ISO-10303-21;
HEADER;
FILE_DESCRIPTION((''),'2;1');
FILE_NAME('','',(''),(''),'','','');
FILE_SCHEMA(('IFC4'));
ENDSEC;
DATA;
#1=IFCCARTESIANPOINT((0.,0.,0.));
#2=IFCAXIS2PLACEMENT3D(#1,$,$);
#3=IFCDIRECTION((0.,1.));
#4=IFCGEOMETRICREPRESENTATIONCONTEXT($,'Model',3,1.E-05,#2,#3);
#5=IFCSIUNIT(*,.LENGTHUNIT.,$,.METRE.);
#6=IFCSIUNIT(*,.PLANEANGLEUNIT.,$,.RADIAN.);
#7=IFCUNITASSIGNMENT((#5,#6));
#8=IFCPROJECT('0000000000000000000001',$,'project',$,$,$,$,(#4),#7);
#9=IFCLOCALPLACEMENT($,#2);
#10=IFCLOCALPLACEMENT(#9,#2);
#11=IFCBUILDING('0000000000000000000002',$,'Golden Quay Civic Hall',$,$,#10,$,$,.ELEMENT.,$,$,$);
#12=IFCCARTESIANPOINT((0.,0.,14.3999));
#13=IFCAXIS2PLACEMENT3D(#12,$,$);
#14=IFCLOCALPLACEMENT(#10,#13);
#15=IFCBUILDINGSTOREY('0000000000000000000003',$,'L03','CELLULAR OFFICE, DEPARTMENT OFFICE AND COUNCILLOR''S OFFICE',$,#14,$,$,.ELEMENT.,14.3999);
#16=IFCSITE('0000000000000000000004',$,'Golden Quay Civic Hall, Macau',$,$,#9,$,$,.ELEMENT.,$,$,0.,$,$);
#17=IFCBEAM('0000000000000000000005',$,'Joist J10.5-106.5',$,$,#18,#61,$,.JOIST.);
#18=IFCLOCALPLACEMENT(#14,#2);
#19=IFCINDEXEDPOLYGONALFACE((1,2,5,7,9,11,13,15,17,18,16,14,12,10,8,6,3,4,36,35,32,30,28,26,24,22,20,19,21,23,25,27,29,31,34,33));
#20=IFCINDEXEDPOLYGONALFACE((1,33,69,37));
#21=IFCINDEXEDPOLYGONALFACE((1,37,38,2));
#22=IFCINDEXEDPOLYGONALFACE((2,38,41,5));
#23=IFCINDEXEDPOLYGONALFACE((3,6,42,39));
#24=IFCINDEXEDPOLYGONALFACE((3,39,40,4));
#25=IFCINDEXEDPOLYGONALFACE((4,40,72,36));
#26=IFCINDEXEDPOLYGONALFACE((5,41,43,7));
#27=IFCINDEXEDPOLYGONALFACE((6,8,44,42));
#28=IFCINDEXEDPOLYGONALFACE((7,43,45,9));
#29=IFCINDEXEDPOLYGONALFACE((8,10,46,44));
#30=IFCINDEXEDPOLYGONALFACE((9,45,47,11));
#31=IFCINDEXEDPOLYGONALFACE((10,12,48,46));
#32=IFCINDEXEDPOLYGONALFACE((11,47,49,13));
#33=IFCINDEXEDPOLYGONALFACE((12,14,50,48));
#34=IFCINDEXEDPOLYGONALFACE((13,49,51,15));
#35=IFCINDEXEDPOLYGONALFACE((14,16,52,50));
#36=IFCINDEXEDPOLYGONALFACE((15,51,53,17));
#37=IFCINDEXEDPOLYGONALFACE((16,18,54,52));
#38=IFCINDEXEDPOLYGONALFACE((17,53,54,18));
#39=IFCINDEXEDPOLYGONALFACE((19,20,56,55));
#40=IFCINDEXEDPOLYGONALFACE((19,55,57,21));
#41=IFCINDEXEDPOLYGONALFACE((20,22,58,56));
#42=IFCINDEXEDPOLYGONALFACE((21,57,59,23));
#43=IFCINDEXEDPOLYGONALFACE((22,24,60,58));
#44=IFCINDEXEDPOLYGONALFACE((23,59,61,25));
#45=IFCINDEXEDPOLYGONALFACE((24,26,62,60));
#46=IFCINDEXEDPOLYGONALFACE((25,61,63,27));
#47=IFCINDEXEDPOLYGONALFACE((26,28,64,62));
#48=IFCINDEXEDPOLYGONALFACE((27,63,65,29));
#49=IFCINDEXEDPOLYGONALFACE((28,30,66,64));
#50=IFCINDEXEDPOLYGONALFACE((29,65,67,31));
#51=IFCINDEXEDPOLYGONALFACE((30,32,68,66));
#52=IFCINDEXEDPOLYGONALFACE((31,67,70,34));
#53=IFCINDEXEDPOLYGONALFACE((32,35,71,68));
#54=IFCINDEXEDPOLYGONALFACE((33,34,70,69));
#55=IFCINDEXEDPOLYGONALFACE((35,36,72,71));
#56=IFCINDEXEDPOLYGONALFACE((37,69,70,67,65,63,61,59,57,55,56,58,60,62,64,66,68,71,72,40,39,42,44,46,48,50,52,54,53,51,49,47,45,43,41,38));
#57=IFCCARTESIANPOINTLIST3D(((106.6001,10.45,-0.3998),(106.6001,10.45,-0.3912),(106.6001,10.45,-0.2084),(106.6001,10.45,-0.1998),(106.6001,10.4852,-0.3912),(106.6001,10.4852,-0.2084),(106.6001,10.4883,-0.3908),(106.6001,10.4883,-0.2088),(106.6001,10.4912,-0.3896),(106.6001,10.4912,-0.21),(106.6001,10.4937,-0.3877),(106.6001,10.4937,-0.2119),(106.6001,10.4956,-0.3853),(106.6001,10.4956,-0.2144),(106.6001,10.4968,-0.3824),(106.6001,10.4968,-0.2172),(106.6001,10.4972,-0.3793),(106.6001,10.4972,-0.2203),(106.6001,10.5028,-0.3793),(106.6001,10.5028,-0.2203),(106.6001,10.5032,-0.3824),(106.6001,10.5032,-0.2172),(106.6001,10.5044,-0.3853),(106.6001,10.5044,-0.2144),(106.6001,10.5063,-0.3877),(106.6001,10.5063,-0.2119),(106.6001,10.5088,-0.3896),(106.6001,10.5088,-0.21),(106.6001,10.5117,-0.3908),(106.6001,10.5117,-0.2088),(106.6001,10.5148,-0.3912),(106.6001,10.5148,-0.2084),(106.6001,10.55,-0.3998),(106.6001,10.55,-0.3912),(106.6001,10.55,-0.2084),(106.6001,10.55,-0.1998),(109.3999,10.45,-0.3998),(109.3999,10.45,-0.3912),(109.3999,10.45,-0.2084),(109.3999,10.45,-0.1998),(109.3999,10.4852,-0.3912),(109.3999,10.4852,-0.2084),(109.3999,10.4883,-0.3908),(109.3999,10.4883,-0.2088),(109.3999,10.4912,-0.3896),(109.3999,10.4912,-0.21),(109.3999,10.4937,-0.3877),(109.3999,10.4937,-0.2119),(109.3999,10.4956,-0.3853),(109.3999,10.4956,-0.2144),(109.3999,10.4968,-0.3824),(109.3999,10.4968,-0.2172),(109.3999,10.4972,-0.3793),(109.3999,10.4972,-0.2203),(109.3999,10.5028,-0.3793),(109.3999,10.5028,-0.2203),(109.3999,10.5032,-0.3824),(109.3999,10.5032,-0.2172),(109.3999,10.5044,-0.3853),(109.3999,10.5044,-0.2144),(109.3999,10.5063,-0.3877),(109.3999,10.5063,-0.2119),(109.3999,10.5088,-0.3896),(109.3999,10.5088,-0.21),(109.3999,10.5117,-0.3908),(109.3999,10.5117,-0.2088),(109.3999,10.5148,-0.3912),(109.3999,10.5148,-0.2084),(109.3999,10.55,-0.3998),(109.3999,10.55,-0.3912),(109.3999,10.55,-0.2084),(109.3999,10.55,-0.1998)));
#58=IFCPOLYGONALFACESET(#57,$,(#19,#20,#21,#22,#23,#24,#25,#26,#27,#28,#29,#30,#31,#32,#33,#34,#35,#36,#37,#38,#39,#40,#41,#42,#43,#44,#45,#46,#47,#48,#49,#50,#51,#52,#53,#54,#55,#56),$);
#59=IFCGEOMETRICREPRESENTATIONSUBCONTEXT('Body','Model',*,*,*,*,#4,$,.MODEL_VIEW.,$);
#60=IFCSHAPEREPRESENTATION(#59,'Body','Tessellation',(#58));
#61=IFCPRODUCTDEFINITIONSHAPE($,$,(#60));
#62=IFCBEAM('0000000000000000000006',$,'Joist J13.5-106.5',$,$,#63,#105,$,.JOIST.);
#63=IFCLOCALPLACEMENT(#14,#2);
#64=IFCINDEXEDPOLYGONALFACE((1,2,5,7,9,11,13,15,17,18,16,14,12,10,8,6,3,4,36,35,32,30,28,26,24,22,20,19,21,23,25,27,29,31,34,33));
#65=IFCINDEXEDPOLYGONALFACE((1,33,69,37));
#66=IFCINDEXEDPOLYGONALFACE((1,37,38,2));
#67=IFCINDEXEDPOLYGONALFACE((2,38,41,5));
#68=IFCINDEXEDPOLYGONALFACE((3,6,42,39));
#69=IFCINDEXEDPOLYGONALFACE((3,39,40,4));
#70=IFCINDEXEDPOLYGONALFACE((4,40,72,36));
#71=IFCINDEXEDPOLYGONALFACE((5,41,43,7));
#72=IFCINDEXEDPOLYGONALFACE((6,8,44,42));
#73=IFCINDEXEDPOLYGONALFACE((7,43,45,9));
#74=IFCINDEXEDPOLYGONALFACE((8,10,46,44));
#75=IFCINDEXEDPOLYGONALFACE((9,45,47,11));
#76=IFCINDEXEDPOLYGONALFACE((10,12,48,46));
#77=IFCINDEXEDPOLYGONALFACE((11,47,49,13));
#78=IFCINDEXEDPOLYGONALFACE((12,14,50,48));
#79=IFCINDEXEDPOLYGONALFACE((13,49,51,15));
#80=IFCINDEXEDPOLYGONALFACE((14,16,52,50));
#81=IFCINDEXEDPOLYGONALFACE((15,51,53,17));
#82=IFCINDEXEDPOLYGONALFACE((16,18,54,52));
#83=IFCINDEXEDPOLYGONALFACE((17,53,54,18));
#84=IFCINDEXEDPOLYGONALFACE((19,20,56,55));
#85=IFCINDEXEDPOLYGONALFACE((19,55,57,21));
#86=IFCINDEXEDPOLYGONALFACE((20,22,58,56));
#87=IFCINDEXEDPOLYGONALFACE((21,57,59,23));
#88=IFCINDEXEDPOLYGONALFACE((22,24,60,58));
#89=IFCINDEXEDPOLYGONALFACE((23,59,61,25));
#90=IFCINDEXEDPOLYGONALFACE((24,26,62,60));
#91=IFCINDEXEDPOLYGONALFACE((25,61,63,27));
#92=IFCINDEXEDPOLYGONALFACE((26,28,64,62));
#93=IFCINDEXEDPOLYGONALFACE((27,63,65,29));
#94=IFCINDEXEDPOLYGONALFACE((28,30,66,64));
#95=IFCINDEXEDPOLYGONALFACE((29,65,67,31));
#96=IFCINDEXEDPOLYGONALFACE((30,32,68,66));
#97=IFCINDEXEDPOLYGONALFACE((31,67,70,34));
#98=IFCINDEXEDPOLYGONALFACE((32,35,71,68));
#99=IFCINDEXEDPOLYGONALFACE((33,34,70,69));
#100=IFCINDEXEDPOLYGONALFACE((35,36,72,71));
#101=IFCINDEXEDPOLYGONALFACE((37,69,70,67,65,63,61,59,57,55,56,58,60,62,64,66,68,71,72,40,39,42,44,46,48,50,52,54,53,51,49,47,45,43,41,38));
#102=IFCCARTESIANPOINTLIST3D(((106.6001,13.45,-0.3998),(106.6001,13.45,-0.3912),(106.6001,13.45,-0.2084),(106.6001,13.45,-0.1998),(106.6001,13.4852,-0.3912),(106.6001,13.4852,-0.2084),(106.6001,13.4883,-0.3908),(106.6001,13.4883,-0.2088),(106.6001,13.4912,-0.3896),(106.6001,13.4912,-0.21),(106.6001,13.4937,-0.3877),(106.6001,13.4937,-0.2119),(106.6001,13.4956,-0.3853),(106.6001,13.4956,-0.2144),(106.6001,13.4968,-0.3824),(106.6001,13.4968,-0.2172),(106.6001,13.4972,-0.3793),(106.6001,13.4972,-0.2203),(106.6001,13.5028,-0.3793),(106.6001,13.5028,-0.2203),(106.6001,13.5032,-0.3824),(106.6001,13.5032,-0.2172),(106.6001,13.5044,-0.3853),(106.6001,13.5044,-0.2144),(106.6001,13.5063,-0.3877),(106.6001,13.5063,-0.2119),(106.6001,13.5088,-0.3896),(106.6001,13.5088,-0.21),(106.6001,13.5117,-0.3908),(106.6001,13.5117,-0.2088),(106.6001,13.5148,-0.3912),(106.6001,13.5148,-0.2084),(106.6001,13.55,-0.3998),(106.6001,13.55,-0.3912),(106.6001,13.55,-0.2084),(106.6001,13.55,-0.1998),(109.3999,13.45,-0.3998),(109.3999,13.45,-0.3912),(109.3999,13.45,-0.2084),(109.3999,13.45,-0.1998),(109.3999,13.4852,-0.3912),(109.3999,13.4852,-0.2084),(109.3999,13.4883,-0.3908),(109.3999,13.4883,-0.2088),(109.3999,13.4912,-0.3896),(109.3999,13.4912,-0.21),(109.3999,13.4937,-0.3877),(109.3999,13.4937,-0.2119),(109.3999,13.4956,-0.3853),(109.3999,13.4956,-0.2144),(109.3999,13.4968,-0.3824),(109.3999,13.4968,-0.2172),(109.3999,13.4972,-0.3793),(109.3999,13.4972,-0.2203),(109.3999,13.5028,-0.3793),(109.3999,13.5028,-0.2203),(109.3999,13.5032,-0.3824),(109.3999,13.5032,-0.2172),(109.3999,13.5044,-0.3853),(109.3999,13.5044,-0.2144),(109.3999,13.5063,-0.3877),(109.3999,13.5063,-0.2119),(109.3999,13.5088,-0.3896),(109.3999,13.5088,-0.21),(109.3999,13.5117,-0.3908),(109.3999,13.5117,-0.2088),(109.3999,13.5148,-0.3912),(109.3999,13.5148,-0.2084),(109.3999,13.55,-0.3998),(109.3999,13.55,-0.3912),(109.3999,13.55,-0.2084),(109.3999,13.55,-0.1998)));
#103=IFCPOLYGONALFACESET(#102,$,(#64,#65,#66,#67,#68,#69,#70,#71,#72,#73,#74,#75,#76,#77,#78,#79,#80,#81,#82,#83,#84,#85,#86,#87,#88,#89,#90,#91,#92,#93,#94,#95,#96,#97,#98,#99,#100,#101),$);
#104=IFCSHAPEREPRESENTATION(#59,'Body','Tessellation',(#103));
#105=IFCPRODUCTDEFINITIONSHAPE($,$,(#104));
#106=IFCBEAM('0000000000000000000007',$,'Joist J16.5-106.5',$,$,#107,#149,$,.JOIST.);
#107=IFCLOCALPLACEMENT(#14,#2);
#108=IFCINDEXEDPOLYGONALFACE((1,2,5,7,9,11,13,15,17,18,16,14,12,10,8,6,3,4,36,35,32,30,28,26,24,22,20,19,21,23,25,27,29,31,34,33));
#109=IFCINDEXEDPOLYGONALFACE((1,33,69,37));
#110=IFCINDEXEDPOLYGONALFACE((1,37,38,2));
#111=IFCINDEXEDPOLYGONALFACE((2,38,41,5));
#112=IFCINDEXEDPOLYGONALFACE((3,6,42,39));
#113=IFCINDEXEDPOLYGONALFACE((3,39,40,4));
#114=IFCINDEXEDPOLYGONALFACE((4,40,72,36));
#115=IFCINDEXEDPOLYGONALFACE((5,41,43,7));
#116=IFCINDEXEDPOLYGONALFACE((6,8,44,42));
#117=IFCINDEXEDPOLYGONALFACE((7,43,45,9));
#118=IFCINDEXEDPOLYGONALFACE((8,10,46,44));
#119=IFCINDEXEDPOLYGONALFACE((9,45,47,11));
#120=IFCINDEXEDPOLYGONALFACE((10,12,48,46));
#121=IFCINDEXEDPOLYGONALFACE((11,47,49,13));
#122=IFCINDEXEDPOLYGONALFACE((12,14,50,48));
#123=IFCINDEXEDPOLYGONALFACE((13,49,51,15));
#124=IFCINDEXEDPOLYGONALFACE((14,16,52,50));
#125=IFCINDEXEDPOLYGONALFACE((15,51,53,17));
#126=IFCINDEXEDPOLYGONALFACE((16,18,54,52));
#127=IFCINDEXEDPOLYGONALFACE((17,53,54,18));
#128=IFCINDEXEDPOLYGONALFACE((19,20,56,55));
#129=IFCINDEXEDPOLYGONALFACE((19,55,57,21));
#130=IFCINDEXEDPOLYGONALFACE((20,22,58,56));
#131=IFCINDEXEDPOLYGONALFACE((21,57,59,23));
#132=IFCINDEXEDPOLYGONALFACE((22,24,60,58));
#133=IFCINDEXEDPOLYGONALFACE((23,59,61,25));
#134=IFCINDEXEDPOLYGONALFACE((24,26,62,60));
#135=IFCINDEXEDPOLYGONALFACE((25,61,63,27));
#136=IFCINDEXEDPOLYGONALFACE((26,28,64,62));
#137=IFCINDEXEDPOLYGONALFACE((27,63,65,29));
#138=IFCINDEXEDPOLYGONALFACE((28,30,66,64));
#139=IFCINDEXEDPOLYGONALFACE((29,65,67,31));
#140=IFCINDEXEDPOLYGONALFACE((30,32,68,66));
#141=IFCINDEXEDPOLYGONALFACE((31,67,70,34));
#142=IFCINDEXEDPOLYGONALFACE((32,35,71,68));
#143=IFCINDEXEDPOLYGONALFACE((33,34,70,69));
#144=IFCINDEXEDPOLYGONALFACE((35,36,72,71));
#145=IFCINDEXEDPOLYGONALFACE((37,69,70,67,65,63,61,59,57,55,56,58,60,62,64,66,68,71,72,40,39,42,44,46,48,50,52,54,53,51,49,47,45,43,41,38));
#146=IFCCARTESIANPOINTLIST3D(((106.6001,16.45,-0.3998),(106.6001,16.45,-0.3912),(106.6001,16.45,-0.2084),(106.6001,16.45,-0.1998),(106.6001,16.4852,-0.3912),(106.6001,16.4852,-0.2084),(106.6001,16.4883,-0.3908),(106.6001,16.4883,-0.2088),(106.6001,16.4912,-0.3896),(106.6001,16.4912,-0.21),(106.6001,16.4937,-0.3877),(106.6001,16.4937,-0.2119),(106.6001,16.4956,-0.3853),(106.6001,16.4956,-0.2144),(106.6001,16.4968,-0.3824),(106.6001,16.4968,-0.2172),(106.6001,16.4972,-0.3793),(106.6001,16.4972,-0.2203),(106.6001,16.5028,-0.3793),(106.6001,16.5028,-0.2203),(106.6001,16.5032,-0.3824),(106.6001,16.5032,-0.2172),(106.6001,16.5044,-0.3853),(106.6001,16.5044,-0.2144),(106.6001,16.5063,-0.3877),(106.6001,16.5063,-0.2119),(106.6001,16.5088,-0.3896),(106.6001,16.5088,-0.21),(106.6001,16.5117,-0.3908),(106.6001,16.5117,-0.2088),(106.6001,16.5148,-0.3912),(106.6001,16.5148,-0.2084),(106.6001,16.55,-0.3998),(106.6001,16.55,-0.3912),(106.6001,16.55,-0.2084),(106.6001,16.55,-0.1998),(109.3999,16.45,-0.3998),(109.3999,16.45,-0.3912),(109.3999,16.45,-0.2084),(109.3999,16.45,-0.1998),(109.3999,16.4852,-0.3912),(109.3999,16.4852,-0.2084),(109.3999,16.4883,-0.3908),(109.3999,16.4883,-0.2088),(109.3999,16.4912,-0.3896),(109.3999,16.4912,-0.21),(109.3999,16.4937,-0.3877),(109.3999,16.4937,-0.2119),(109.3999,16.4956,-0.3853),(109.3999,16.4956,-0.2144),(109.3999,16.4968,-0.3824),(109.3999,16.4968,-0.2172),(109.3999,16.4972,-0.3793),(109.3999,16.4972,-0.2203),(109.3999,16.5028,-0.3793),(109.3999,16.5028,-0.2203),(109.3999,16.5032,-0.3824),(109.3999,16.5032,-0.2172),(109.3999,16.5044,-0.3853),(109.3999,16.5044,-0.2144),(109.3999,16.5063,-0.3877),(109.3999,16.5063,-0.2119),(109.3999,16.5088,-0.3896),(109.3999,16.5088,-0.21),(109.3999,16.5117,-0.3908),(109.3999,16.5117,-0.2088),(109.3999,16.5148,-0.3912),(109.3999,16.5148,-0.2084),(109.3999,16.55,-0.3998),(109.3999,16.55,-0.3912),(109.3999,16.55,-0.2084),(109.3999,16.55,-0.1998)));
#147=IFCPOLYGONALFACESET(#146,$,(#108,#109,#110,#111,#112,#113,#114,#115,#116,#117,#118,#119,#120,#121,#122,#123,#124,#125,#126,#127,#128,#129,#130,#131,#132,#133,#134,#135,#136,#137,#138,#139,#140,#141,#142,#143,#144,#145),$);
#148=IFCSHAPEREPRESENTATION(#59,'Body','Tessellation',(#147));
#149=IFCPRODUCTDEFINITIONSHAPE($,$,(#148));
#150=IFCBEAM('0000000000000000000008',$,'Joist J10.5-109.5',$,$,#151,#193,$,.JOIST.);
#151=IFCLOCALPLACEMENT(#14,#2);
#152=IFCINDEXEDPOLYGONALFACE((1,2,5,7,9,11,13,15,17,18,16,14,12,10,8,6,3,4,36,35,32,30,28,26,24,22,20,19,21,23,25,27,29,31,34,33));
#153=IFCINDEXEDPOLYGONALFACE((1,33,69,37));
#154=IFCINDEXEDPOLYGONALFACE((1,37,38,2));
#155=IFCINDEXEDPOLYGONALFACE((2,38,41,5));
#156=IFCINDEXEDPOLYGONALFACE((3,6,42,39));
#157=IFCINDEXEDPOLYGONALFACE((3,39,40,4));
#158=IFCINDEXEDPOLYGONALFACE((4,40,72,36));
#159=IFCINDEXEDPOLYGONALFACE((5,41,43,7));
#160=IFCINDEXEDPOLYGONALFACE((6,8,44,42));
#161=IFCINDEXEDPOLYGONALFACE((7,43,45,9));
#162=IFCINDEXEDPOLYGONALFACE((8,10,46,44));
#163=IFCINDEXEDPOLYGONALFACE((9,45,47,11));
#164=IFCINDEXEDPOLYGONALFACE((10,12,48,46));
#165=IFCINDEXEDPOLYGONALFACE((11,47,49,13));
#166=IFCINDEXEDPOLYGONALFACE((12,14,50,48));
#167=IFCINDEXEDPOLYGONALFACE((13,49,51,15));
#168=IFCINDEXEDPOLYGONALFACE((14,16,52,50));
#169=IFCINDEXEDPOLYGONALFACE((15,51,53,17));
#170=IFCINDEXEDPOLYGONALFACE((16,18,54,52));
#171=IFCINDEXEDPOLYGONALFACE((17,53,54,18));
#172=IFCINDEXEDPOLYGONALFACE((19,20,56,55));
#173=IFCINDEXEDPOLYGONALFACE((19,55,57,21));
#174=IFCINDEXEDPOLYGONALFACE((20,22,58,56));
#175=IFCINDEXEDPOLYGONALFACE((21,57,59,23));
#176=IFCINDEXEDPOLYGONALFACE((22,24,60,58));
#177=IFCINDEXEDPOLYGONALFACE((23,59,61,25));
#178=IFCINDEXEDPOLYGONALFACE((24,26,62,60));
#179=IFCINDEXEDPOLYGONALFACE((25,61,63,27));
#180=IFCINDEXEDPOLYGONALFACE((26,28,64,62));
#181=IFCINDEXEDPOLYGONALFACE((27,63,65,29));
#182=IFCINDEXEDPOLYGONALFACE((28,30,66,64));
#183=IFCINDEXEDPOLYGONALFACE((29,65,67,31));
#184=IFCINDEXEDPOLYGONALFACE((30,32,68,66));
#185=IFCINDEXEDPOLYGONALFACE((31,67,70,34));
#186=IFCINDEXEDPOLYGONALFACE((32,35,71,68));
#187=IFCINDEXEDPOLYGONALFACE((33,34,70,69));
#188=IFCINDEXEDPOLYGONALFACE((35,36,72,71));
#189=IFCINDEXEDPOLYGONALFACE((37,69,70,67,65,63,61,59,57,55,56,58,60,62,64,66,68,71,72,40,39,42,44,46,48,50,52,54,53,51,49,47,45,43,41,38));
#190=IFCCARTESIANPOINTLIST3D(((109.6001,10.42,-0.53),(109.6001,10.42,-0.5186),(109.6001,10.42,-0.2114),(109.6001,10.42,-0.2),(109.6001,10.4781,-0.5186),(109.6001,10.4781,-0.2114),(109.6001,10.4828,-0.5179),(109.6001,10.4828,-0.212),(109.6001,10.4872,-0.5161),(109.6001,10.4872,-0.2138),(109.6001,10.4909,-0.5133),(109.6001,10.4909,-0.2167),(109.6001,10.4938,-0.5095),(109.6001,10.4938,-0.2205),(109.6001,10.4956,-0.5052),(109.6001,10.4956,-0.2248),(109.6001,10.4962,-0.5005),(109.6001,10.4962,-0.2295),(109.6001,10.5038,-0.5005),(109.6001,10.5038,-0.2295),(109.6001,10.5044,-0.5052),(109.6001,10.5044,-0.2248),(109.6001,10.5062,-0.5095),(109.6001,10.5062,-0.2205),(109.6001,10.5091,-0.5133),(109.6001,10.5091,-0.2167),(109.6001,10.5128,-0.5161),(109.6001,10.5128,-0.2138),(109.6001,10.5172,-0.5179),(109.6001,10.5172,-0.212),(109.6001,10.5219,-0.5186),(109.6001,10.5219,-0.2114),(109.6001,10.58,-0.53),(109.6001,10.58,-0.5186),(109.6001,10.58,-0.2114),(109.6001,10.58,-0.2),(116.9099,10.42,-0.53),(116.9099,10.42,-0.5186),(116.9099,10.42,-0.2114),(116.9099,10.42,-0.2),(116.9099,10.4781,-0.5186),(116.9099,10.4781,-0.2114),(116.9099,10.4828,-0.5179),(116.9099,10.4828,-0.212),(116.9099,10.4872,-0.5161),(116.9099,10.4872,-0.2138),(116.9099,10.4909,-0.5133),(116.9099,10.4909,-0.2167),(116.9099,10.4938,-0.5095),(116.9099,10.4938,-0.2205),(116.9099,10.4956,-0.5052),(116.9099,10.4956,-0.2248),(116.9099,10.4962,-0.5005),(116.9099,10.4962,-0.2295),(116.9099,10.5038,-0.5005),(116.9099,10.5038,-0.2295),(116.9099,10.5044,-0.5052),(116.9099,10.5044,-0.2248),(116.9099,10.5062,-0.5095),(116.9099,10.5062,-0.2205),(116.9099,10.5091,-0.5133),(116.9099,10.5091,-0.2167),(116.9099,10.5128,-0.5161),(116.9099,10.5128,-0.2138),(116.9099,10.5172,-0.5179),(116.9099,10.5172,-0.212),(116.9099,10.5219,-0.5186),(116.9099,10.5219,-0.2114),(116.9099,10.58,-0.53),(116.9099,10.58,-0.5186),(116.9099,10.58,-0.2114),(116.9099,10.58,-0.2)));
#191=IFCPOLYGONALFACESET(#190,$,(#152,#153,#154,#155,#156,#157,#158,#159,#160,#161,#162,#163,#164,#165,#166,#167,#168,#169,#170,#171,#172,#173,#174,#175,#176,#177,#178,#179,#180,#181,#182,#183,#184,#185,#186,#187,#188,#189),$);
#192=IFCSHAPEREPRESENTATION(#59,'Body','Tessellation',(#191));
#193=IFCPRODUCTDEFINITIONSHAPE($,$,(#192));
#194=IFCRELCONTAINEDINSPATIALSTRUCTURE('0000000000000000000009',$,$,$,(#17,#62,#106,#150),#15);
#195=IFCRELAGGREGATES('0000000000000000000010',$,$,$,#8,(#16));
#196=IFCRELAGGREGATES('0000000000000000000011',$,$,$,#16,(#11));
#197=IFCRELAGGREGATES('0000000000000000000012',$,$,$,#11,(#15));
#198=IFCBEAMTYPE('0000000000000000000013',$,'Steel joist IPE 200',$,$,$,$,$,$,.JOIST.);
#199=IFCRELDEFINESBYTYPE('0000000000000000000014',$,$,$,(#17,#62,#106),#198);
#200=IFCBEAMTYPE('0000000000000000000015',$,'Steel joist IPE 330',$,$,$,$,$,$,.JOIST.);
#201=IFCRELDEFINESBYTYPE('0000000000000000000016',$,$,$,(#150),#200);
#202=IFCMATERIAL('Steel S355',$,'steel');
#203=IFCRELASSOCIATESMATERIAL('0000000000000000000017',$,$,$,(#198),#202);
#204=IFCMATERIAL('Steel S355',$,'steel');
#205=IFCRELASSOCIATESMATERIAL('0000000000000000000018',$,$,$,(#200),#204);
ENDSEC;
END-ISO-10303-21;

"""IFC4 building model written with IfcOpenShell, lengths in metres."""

from ifc_helpers import new_model, si_unit, direction, frame, origin, origin_2d, place, context, subcontext, project, spatial, i_section, extrude, material, material_profile, profile_set, type_object, element, save


model = new_model("IFC4")

# Units and contexts
model_context = context("Model", 3, precision=1e-05, world=origin(), true_north=direction((0.0, 1.0)))
body_context = subcontext(model_context, "Body", "Model", "MODEL_VIEW")
ifc_project = project(units=[si_unit("LENGTHUNIT", "METRE"), si_unit("PLANEANGLEUNIT", "RADIAN")], contexts=[model_context])

# Site, building, storey
site_placement = place(None, origin())
site = spatial("IfcSite", under=ifc_project, at=site_placement, Name="Golden Quay Civic Hall, Macau", CompositionType="ELEMENT", RefElevation=0.0)
building_placement = place(site_placement, origin())
building = spatial("IfcBuilding", under=site, at=building_placement, Name="Golden Quay Civic Hall", CompositionType="ELEMENT")
storey_placement = place(building_placement, frame((0.0, 0.0, 14.3999)))
storey = spatial("IfcBuildingStorey", under=building, at=storey_placement, Name="L03", Description="CELLULAR OFFICE, DEPARTMENT OFFICE AND COUNCILLOR'S OFFICE", CompositionType="ELEMENT", Elevation=14.3999)

# Beams
ifc_material_1 = material(Name="Steel S355", Category="steel")
ifc_material_profile_1 = material_profile(ifc_material_1, i_section(OverallWidth=0.1001, OverallDepth=0.2, WebThickness=0.0056, FlangeThickness=0.0085, FilletRadius=0.012, at=origin_2d()), Name="IPE 200")
ifc_profile_set_1 = profile_set([ifc_material_profile_1], Name="Steel S355")
beam_type_1 = type_object("IfcBeamType", Name="Steel joist IPE 200", PredefinedType="JOIST", material=ifc_profile_set_1)
for number, where, z_axis, x_axis, name in (
    (1, (106.6001, 10.5, -0.2998), (1.0, 0.0, 0.0), (0.0, 1.0, 0.0), "Joist J10.5-106.5"),
    (2, (106.6001, 13.5, -0.2998), (1.0, 0.0, 0.0), (0.0, 1.0, 0.0), "Joist J13.5-106.5"),
    (3, (106.6001, 16.5, -0.2998), (1.0, 0.0, 0.0), (0.0, 1.0, 0.0), "Joist J16.5-106.5"),
):
    element("IfcBeam", number, at=place(storey_placement, frame(where, z_axis=z_axis, x_axis=x_axis)), inside=storey, type_object=beam_type_1, Name=name, PredefinedType="JOIST", context=body_context, shape_type="SweptSolid", body=[
        extrude(i_section(OverallWidth=0.1001, OverallDepth=0.2, WebThickness=0.0056, FlangeThickness=0.0085, FilletRadius=0.012, at=origin_2d()), origin(), (0.0, 0.0, 1.0), 2.7998),
    ])
ifc_material_2 = material(Name="Steel S355", Category="steel")
ifc_material_profile_2 = material_profile(ifc_material_2, i_section(OverallWidth=0.1599, OverallDepth=0.3301, WebThickness=0.0076, FlangeThickness=0.0115, FilletRadius=0.0181, at=origin_2d()), Name="IPE 330")
ifc_profile_set_2 = profile_set([ifc_material_profile_2], Name="Steel S355")
beam_type_2 = type_object("IfcBeamType", Name="Steel joist IPE 330", PredefinedType="JOIST", material=ifc_profile_set_2)
for number, where, z_axis, x_axis, name in (
    (4, (109.6001, 10.5, -0.365), (1.0, 0.0, 0.0), (0.0, 1.0, 0.0), "Joist J10.5-109.5"),
):
    element("IfcBeam", number, at=place(storey_placement, frame(where, z_axis=z_axis, x_axis=x_axis)), inside=storey, type_object=beam_type_2, Name=name, PredefinedType="JOIST", context=body_context, shape_type="SweptSolid", body=[
        extrude(i_section(OverallWidth=0.1599, OverallDepth=0.3301, WebThickness=0.0076, FlangeThickness=0.0115, FilletRadius=0.0181, at=origin_2d()), origin(), (0.0, 0.0, 1.0), 7.3098),
    ])

save(model, "model.ifc")
